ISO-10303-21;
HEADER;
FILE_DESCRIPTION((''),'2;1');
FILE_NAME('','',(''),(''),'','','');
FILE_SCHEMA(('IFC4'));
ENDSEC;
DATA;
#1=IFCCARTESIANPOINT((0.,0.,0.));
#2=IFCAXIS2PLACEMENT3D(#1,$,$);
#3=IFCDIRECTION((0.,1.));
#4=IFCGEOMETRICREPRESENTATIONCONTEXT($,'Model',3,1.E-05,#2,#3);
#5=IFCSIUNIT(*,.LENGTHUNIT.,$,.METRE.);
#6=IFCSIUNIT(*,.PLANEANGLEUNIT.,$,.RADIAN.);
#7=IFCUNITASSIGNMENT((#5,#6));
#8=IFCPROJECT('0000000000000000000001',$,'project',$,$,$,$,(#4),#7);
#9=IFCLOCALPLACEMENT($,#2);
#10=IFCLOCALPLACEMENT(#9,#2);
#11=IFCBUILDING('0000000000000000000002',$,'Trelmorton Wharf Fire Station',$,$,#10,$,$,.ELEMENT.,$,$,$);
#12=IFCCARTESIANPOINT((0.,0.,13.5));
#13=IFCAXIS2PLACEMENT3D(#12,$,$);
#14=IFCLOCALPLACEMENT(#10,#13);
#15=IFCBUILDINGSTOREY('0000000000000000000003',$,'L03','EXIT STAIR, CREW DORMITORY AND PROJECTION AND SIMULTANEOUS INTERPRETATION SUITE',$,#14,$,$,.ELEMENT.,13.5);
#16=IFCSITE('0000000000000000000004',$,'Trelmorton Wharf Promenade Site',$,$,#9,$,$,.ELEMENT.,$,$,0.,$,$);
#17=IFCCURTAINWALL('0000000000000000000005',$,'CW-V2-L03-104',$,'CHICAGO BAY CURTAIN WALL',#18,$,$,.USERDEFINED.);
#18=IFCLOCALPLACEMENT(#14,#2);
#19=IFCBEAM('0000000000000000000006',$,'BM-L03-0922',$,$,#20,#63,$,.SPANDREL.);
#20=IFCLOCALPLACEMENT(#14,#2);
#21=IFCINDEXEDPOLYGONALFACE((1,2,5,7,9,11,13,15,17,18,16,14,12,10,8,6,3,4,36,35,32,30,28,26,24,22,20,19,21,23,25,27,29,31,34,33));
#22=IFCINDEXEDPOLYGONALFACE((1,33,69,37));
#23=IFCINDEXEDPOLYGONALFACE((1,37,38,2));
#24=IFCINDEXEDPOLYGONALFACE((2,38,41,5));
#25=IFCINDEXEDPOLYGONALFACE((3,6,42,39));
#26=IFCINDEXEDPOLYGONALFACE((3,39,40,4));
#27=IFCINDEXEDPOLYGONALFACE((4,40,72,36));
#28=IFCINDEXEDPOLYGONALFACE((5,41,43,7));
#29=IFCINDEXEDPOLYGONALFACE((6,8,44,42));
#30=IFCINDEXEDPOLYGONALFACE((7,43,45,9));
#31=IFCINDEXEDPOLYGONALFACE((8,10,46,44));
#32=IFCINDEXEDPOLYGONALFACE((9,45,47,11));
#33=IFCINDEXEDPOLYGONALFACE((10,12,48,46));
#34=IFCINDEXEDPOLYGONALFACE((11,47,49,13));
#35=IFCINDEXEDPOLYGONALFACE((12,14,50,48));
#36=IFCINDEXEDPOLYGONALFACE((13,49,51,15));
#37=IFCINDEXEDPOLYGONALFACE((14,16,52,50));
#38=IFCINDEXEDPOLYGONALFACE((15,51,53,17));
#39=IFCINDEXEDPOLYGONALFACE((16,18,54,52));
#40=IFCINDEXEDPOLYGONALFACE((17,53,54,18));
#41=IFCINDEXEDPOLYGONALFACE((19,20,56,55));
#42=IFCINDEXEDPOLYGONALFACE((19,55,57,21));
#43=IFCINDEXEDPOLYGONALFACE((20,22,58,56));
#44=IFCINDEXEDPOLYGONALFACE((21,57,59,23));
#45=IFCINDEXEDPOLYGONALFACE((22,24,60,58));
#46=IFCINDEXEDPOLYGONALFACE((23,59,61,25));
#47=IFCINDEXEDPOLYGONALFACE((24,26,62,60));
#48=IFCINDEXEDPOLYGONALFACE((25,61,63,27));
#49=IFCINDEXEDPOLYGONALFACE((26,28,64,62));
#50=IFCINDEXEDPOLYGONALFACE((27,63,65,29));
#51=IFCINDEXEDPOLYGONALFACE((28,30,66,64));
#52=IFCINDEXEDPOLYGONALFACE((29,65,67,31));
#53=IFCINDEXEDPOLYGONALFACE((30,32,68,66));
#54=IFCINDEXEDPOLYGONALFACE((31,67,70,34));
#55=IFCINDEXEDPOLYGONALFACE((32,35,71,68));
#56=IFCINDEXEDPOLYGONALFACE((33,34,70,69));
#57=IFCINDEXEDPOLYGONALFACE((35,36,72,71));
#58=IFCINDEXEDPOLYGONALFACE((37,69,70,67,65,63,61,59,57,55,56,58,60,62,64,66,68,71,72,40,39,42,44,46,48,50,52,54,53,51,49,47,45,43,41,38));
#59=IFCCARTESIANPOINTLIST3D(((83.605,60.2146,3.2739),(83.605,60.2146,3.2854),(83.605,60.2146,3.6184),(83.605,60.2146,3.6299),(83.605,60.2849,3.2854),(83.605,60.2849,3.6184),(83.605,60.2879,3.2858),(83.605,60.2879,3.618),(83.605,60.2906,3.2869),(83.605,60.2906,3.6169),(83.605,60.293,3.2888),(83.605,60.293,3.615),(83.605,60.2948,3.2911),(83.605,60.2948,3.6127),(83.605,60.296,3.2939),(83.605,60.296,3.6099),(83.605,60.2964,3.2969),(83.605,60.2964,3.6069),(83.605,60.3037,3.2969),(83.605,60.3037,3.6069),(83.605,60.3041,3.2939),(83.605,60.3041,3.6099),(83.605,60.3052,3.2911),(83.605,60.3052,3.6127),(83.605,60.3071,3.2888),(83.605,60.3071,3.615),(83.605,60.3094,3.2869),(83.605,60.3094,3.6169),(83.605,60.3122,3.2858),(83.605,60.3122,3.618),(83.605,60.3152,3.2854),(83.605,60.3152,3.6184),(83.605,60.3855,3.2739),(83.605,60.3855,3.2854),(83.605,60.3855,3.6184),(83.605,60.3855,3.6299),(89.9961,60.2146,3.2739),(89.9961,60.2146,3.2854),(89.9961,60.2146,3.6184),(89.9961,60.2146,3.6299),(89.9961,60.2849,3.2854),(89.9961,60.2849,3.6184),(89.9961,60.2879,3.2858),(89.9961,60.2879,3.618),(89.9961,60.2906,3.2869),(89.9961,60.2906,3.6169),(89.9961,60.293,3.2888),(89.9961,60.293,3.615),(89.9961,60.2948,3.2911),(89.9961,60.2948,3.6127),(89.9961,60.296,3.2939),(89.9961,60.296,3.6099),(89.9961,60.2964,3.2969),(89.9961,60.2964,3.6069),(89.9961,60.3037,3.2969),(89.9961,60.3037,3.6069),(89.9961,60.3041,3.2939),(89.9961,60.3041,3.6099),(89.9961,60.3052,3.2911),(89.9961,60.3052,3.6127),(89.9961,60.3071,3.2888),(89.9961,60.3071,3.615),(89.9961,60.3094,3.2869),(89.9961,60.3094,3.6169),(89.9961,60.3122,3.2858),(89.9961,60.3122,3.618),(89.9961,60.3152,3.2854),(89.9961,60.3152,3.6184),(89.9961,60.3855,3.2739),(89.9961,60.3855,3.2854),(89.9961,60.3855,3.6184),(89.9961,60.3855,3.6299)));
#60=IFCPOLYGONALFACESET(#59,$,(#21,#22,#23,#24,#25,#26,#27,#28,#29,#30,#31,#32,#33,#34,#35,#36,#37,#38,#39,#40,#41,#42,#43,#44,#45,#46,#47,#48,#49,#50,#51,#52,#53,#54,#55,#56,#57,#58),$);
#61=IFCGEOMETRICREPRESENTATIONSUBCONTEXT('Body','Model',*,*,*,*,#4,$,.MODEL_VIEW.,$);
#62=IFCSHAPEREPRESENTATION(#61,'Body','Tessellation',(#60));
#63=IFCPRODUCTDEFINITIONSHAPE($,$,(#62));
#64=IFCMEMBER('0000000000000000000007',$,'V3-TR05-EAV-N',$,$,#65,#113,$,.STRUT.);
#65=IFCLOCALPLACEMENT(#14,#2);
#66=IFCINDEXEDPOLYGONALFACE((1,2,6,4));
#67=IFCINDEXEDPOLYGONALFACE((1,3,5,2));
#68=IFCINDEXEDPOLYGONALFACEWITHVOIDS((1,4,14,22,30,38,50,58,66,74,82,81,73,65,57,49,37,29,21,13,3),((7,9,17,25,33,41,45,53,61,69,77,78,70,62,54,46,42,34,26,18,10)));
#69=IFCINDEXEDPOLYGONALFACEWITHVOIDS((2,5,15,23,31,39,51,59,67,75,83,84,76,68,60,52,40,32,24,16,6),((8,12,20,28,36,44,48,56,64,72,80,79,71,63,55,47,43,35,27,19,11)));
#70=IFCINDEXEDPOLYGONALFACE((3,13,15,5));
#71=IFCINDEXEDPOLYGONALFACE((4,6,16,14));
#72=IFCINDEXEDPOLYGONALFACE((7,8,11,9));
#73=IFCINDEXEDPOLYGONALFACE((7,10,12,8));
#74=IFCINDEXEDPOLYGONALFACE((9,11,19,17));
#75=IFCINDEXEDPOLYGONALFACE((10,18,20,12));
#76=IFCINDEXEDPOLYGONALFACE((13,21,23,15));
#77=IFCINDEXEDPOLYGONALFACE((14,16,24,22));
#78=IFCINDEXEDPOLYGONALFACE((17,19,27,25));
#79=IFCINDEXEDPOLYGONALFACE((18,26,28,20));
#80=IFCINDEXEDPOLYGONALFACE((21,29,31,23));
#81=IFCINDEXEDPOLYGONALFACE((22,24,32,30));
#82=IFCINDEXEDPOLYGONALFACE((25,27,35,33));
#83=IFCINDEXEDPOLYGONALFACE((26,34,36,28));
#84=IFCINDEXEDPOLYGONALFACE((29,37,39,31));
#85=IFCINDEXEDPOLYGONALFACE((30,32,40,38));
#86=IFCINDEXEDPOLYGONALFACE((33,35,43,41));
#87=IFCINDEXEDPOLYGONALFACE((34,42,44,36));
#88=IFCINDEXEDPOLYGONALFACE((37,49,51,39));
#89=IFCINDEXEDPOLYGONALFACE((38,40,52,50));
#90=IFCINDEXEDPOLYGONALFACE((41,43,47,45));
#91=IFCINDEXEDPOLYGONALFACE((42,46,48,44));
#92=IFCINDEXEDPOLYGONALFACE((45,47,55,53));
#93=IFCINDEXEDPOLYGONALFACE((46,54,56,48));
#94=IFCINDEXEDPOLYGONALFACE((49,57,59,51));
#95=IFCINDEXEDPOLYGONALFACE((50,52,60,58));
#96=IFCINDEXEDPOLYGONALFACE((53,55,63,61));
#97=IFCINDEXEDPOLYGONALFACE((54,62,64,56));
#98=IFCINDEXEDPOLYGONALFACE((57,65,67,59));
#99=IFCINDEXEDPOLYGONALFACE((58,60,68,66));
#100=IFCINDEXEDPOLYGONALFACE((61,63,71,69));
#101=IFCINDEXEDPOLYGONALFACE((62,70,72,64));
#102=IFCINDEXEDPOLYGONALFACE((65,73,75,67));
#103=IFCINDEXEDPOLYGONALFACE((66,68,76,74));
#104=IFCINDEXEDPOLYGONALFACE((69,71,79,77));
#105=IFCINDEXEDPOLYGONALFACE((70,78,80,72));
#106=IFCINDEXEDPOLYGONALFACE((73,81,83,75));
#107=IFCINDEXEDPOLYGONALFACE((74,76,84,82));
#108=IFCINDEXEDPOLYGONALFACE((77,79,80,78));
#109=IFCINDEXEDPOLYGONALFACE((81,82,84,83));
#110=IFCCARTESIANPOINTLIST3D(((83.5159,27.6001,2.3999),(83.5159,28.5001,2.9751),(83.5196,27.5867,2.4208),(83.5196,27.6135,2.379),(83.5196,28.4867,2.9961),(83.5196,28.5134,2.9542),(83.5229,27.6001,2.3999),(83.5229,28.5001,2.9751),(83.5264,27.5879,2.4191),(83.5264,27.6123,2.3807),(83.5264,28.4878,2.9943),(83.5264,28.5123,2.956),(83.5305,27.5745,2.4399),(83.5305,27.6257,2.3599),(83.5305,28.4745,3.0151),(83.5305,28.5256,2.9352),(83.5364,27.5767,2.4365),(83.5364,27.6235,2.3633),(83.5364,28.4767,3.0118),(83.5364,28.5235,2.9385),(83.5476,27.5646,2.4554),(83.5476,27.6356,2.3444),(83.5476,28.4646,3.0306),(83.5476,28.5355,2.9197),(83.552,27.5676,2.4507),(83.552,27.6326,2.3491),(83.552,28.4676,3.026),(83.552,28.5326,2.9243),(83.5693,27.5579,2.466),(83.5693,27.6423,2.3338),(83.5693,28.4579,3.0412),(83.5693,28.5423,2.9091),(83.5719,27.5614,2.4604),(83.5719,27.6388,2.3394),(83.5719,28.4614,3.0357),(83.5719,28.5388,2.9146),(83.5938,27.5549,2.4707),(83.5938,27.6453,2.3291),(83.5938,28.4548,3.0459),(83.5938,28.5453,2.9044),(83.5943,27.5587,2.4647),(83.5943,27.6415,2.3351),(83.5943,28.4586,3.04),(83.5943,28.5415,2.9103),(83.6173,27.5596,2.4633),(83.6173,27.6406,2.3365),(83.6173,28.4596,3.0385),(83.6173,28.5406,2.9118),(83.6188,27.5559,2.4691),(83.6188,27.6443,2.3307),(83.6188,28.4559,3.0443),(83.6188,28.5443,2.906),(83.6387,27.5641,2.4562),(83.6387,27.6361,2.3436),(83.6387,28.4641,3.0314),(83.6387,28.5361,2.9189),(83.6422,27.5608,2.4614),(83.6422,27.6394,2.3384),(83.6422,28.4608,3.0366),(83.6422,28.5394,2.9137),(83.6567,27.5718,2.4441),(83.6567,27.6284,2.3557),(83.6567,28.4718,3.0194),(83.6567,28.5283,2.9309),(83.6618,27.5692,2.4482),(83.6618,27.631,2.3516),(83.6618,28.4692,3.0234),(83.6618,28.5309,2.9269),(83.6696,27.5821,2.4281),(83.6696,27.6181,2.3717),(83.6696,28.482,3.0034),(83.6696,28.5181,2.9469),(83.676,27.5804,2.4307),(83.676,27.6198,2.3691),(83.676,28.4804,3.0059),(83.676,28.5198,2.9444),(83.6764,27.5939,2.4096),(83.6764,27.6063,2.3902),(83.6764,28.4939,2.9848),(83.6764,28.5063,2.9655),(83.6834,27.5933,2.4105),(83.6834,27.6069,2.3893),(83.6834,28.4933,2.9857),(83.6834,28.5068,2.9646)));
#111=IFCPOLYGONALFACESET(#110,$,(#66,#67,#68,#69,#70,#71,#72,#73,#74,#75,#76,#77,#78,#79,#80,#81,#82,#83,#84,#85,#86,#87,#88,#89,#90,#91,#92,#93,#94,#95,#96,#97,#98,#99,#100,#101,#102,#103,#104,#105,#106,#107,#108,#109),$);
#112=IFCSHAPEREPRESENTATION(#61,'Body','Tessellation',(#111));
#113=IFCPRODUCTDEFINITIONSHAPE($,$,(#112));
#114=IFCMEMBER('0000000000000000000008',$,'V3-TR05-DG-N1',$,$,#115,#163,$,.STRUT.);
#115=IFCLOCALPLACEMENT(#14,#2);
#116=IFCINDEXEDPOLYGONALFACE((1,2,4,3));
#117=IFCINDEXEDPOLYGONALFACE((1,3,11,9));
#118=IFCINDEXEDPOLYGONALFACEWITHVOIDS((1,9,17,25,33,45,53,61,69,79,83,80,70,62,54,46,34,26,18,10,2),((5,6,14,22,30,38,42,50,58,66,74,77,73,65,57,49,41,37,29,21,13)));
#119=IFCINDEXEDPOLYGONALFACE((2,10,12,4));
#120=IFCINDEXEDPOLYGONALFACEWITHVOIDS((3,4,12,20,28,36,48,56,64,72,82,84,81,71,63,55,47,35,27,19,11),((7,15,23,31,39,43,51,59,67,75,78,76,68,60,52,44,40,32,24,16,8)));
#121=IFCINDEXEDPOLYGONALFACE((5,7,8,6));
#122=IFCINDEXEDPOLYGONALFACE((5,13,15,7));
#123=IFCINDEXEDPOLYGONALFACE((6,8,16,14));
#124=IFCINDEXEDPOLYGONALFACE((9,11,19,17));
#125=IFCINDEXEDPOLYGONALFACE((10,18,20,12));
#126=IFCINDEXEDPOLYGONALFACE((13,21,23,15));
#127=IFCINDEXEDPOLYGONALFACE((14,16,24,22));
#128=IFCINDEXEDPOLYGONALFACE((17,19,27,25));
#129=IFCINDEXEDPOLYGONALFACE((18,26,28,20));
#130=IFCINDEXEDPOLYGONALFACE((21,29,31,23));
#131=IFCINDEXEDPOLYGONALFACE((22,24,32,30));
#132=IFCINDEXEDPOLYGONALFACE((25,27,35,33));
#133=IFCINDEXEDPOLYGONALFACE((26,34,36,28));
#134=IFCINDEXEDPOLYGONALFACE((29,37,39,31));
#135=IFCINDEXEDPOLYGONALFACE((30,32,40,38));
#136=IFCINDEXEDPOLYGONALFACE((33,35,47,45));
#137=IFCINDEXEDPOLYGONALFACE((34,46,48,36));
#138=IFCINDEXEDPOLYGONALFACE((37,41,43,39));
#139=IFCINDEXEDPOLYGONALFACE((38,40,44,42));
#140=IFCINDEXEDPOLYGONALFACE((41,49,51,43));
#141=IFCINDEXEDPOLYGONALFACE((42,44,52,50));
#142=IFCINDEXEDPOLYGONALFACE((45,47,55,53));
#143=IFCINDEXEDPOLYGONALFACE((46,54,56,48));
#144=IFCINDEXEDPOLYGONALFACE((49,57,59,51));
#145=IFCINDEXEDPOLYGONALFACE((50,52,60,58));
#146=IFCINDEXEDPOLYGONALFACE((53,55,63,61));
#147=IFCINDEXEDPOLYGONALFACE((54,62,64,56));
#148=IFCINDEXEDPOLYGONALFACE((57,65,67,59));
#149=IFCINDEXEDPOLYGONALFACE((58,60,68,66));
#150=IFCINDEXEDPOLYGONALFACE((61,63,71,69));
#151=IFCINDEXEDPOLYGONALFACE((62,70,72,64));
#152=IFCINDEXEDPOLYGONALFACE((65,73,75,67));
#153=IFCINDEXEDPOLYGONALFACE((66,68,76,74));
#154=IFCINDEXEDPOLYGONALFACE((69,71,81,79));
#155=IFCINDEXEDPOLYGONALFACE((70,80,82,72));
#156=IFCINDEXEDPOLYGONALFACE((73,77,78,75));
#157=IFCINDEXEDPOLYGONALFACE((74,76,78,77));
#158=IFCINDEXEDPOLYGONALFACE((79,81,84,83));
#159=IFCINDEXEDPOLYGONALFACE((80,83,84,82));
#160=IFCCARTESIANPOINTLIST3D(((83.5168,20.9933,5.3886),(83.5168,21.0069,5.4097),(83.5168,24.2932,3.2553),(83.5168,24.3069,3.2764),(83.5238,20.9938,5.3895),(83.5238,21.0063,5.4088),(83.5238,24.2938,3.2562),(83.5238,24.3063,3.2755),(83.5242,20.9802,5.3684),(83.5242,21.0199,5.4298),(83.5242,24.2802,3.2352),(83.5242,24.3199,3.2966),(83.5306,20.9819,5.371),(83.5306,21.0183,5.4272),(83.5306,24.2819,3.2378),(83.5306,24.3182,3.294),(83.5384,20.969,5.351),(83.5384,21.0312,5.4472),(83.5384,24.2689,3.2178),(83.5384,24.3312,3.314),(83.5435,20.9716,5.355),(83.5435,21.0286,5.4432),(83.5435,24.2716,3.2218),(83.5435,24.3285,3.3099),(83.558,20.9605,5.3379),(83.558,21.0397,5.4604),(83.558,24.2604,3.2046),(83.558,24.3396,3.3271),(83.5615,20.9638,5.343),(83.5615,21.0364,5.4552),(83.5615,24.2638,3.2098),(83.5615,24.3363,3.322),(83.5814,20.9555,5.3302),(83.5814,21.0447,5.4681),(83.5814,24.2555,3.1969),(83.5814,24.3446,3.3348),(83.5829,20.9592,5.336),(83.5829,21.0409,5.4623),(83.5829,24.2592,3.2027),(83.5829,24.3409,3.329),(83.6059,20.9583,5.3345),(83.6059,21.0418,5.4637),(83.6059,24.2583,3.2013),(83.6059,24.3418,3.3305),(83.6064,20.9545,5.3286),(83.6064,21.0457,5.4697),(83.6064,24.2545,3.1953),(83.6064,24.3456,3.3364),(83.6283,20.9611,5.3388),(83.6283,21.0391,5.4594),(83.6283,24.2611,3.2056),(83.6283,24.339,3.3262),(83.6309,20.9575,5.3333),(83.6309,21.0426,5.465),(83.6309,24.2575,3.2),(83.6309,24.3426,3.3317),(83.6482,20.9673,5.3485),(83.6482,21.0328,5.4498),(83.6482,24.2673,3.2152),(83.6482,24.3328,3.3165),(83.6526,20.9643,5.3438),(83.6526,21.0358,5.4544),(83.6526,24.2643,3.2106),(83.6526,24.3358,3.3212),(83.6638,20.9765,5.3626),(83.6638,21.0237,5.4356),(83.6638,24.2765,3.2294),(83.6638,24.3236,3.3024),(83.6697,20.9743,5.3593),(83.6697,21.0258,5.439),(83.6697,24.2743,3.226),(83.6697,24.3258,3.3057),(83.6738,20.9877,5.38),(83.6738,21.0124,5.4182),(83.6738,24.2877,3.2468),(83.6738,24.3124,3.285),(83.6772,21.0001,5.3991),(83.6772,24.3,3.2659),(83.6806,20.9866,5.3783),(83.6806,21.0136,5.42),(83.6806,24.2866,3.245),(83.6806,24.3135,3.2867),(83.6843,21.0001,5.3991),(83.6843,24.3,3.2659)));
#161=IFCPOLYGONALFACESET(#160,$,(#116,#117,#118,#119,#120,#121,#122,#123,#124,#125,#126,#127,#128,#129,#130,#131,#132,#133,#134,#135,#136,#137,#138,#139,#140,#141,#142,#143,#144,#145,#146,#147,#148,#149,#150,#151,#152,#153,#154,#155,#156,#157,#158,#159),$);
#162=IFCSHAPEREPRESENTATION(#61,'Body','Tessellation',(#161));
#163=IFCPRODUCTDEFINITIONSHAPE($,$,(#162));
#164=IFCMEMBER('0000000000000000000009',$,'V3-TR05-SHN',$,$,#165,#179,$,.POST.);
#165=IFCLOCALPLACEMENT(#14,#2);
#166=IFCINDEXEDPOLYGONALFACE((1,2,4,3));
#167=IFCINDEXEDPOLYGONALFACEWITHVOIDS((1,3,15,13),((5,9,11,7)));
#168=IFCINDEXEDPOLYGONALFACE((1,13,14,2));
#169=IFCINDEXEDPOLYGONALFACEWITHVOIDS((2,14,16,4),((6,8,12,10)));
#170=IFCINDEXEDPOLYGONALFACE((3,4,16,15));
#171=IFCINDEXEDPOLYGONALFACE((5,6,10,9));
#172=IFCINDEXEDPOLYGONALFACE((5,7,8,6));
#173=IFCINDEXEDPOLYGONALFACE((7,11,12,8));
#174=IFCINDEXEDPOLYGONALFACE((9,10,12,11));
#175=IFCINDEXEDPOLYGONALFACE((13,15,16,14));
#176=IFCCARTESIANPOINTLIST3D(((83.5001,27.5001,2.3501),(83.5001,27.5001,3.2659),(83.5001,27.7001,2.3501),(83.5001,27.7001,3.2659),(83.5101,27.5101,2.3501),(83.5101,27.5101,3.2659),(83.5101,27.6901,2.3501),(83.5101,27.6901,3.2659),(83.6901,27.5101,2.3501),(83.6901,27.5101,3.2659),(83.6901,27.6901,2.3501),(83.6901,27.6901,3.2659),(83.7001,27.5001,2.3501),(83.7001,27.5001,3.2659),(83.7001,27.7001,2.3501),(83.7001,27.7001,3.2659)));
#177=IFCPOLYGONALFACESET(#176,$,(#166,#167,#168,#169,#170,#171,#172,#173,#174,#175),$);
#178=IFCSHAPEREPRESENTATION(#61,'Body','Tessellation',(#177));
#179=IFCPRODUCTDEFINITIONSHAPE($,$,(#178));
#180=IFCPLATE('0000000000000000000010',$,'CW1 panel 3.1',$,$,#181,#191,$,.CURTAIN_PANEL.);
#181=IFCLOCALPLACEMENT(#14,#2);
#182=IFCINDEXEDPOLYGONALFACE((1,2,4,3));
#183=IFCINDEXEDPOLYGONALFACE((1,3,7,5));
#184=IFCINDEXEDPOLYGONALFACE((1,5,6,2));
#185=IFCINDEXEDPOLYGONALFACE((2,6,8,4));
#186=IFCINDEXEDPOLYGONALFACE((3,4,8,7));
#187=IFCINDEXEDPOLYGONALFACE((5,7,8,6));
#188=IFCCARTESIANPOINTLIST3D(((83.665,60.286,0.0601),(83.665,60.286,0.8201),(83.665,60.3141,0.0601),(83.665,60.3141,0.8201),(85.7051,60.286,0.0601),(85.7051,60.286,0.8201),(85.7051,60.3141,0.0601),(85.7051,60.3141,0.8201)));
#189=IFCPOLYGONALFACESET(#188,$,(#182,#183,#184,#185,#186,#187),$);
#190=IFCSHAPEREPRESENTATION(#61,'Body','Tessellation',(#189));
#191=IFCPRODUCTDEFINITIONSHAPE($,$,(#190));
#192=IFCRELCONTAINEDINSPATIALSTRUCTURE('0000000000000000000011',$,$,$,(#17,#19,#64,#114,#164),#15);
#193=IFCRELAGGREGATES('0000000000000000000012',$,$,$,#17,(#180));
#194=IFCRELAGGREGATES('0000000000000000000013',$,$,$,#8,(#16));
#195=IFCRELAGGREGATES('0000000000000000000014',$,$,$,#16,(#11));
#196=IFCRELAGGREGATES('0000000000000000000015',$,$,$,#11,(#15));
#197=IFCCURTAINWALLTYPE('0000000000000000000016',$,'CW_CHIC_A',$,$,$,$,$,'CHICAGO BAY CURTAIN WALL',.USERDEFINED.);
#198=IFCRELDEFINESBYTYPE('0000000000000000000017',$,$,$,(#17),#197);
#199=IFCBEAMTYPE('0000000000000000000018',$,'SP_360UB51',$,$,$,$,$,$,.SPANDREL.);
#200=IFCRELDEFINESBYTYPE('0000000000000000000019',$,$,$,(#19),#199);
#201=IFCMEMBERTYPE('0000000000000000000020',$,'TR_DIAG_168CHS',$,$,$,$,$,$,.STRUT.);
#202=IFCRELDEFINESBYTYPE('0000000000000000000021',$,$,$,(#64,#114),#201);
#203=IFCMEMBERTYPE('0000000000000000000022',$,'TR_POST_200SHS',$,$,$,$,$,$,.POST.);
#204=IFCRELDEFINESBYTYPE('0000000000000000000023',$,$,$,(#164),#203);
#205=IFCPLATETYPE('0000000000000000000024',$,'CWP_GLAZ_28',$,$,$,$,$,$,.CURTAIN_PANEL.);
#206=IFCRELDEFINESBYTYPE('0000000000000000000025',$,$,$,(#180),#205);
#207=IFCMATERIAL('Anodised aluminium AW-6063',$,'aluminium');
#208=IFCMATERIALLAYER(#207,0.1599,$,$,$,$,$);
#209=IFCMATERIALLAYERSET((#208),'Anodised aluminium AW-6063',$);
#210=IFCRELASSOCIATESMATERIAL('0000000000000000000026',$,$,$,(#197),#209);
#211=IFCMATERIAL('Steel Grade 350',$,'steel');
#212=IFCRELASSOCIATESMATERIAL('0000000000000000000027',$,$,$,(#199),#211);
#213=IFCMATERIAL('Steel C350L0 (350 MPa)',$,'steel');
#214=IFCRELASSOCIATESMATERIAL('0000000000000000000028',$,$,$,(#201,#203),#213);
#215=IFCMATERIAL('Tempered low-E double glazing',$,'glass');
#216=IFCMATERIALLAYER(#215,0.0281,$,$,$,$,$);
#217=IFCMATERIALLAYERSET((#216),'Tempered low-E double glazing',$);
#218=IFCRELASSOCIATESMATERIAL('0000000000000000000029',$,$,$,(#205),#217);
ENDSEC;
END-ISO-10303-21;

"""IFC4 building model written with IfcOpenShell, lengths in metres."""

from ifc_helpers import new_model, si_unit, direction, frame, origin, origin_2d, place, context, subcontext, project, spatial, rectangle, hollow_rectangle, hollow_circle, i_section, extrude, material, layer, layer_set, material_profile, profile_set, type_object, element, aggregate, save


model = new_model("IFC4")

# Units and contexts
model_context = context("Model", 3, precision=1e-05, world=origin(), true_north=direction((0.0, 1.0)))
body_context = subcontext(model_context, "Body", "Model", "MODEL_VIEW")
ifc_project = project(units=[si_unit("LENGTHUNIT", "METRE"), si_unit("PLANEANGLEUNIT", "RADIAN")], contexts=[model_context])

# Site, building, storey
site_placement = place(None, origin())
site = spatial("IfcSite", under=ifc_project, at=site_placement, Name="Trelmorton Wharf Promenade Site", CompositionType="ELEMENT", RefElevation=0.0)
building_placement = place(site_placement, origin())
building = spatial("IfcBuilding", under=site, at=building_placement, Name="Trelmorton Wharf Fire Station", CompositionType="ELEMENT")
storey_placement = place(building_placement, frame((0.0, 0.0, 13.5)))
storey = spatial("IfcBuildingStorey", under=building, at=storey_placement, Name="L03", Description="EXIT STAIR, CREW DORMITORY AND PROJECTION AND SIMULTANEOUS INTERPRETATION SUITE", CompositionType="ELEMENT", Elevation=13.5)

# Shared definitions
ifc_material_1 = material(Name="Steel Grade 350", Category="steel")

# Curtain wall
ifc_material_2 = material(Name="Anodised aluminium AW-6063", Category="aluminium")
ifc_layer_1 = layer(ifc_material_2, 0.1599)
ifc_layer_set_1 = layer_set([ifc_layer_1], Name="Anodised aluminium AW-6063")
curtain_wall_type = type_object("IfcCurtainWallType", Name="CW_CHIC_A", ElementType="CHICAGO BAY CURTAIN WALL", PredefinedType="USERDEFINED", material=ifc_layer_set_1)
curtain_wall_placement = place(storey_placement, origin())
curtain_wall = element("IfcCurtainWall", 1, at=curtain_wall_placement, inside=storey, type_object=curtain_wall_type, Name="CW-V2-L03-104", ObjectType="CHICAGO BAY CURTAIN WALL", PredefinedType="USERDEFINED")

# Beam
ifc_material_profile_1 = material_profile(ifc_material_1, i_section(OverallWidth=0.1709, OverallDepth=0.356, WebThickness=0.0073, FlangeThickness=0.0115, FilletRadius=0.0115, at=origin_2d()), Name="360UB50.7")
ifc_profile_set_1 = profile_set([ifc_material_profile_1], Name="Steel Grade 350")
beam_type_1 = type_object("IfcBeamType", Name="SP_360UB51", PredefinedType="SPANDREL", material=ifc_profile_set_1)
beam_1_placement = place(storey_placement, frame((83.605, 60.3, 3.4519), z_axis=(1.0, 0.0, 0.0), x_axis=(0.0, 1.0, 0.0)))
element("IfcBeam", 2, at=beam_1_placement, inside=storey, type_object=beam_type_1, Name="BM-L03-0922", PredefinedType="SPANDREL", context=body_context, shape_type="SweptSolid", body=[
    extrude(i_section(OverallWidth=0.1709, OverallDepth=0.356, WebThickness=0.0073, FlangeThickness=0.0115, FilletRadius=0.0115, at=origin_2d()), origin(), (0.0, 0.0, 1.0), 6.3911),
])

# Members
ifc_material_3 = material(Name="Steel C350L0 (350 MPa)", Category="steel")
ifc_material_profile_2 = material_profile(ifc_material_3, hollow_circle(Radius=0.0842, WallThickness=0.0071, at=origin_2d()), Name="168.3x7.1CHS")
ifc_profile_set_2 = profile_set([ifc_material_profile_2], Name="Steel C350L0 (350 MPa)")
member_type_1 = type_object("IfcMemberType", Name="TR_DIAG_168CHS", PredefinedType="STRUT", material=ifc_profile_set_2)
member_1_placement = place(storey_placement, frame((83.6001, 27.6001, 2.3999), z_axis=(0.0, 0.842587, 0.538561), x_axis=(-1.0, 0.0, 0.0)))
element("IfcMember", 3, at=member_1_placement, inside=storey, type_object=member_type_1, Name="V3-TR05-EAV-N", PredefinedType="STRUT", context=body_context, shape_type="SweptSolid", body=[
    extrude(hollow_circle(Radius=0.0842, WallThickness=0.0071, at=origin_2d()), origin(), (0.0, 0.0, 1.0), 1.0681),
])
member_2_placement = place(storey_placement, frame((83.6001, 24.3, 3.2659), z_axis=(0.0, -0.839805, 0.542888), x_axis=(1.0, 0.0, 0.0)))
element("IfcMember", 4, at=member_2_placement, inside=storey, type_object=member_type_1, Name="V3-TR05-DG-N1", PredefinedType="STRUT", context=body_context, shape_type="SweptSolid", body=[
    extrude(hollow_circle(Radius=0.0842, WallThickness=0.0071, at=origin_2d()), origin(), (0.0, 0.0, 1.0), 3.9294),
])
ifc_material_profile_3 = material_profile(ifc_material_3, hollow_rectangle(XDim=0.2, YDim=0.2, WallThickness=0.01, at=origin_2d()), Name="200x200x10.0SHS")
ifc_profile_set_3 = profile_set([ifc_material_profile_3], Name="Steel C350L0 (350 MPa)")
member_type_2 = type_object("IfcMemberType", Name="TR_POST_200SHS", PredefinedType="POST", material=ifc_profile_set_3)
member_3_placement = place(storey_placement, frame((83.6001, 27.6001, 2.3501), z_axis=(0.0, 0.0, 1.0), x_axis=(1.0, 0.0, 0.0)))
element("IfcMember", 5, at=member_3_placement, inside=storey, type_object=member_type_2, Name="V3-TR05-SHN", PredefinedType="POST", context=body_context, shape_type="SweptSolid", body=[
    extrude(hollow_rectangle(XDim=0.2, YDim=0.2, WallThickness=0.01, at=origin_2d()), origin(), (0.0, 0.0, 1.0), 0.9158),
])

# Plate
ifc_material_4 = material(Name="Tempered low-E double glazing", Category="glass")
ifc_layer_2 = layer(ifc_material_4, 0.0281)
ifc_layer_set_2 = layer_set([ifc_layer_2], Name="Tempered low-E double glazing")
plate_type_1 = type_object("IfcPlateType", Name="CWP_GLAZ_28", PredefinedType="CURTAIN_PANEL", material=ifc_layer_set_2)
plate_1_placement = place(storey_placement, frame((84.6851, 60.3, 0.0601), z_axis=(0.0, 0.0, 1.0), x_axis=(-1.0, 0.0, 0.0)))
plate_1 = element("IfcPlate", 6, at=plate_1_placement, type_object=plate_type_1, Name="CW1 panel 3.1", PredefinedType="CURTAIN_PANEL", context=body_context, shape_type="SweptSolid", body=[
    extrude(rectangle(XDim=2.04, YDim=0.0281, at=origin_2d()), origin(), (0.0, 0.0, 1.0), 0.76),
])
aggregate(curtain_wall, [plate_1])

save(model, "model.ifc")
